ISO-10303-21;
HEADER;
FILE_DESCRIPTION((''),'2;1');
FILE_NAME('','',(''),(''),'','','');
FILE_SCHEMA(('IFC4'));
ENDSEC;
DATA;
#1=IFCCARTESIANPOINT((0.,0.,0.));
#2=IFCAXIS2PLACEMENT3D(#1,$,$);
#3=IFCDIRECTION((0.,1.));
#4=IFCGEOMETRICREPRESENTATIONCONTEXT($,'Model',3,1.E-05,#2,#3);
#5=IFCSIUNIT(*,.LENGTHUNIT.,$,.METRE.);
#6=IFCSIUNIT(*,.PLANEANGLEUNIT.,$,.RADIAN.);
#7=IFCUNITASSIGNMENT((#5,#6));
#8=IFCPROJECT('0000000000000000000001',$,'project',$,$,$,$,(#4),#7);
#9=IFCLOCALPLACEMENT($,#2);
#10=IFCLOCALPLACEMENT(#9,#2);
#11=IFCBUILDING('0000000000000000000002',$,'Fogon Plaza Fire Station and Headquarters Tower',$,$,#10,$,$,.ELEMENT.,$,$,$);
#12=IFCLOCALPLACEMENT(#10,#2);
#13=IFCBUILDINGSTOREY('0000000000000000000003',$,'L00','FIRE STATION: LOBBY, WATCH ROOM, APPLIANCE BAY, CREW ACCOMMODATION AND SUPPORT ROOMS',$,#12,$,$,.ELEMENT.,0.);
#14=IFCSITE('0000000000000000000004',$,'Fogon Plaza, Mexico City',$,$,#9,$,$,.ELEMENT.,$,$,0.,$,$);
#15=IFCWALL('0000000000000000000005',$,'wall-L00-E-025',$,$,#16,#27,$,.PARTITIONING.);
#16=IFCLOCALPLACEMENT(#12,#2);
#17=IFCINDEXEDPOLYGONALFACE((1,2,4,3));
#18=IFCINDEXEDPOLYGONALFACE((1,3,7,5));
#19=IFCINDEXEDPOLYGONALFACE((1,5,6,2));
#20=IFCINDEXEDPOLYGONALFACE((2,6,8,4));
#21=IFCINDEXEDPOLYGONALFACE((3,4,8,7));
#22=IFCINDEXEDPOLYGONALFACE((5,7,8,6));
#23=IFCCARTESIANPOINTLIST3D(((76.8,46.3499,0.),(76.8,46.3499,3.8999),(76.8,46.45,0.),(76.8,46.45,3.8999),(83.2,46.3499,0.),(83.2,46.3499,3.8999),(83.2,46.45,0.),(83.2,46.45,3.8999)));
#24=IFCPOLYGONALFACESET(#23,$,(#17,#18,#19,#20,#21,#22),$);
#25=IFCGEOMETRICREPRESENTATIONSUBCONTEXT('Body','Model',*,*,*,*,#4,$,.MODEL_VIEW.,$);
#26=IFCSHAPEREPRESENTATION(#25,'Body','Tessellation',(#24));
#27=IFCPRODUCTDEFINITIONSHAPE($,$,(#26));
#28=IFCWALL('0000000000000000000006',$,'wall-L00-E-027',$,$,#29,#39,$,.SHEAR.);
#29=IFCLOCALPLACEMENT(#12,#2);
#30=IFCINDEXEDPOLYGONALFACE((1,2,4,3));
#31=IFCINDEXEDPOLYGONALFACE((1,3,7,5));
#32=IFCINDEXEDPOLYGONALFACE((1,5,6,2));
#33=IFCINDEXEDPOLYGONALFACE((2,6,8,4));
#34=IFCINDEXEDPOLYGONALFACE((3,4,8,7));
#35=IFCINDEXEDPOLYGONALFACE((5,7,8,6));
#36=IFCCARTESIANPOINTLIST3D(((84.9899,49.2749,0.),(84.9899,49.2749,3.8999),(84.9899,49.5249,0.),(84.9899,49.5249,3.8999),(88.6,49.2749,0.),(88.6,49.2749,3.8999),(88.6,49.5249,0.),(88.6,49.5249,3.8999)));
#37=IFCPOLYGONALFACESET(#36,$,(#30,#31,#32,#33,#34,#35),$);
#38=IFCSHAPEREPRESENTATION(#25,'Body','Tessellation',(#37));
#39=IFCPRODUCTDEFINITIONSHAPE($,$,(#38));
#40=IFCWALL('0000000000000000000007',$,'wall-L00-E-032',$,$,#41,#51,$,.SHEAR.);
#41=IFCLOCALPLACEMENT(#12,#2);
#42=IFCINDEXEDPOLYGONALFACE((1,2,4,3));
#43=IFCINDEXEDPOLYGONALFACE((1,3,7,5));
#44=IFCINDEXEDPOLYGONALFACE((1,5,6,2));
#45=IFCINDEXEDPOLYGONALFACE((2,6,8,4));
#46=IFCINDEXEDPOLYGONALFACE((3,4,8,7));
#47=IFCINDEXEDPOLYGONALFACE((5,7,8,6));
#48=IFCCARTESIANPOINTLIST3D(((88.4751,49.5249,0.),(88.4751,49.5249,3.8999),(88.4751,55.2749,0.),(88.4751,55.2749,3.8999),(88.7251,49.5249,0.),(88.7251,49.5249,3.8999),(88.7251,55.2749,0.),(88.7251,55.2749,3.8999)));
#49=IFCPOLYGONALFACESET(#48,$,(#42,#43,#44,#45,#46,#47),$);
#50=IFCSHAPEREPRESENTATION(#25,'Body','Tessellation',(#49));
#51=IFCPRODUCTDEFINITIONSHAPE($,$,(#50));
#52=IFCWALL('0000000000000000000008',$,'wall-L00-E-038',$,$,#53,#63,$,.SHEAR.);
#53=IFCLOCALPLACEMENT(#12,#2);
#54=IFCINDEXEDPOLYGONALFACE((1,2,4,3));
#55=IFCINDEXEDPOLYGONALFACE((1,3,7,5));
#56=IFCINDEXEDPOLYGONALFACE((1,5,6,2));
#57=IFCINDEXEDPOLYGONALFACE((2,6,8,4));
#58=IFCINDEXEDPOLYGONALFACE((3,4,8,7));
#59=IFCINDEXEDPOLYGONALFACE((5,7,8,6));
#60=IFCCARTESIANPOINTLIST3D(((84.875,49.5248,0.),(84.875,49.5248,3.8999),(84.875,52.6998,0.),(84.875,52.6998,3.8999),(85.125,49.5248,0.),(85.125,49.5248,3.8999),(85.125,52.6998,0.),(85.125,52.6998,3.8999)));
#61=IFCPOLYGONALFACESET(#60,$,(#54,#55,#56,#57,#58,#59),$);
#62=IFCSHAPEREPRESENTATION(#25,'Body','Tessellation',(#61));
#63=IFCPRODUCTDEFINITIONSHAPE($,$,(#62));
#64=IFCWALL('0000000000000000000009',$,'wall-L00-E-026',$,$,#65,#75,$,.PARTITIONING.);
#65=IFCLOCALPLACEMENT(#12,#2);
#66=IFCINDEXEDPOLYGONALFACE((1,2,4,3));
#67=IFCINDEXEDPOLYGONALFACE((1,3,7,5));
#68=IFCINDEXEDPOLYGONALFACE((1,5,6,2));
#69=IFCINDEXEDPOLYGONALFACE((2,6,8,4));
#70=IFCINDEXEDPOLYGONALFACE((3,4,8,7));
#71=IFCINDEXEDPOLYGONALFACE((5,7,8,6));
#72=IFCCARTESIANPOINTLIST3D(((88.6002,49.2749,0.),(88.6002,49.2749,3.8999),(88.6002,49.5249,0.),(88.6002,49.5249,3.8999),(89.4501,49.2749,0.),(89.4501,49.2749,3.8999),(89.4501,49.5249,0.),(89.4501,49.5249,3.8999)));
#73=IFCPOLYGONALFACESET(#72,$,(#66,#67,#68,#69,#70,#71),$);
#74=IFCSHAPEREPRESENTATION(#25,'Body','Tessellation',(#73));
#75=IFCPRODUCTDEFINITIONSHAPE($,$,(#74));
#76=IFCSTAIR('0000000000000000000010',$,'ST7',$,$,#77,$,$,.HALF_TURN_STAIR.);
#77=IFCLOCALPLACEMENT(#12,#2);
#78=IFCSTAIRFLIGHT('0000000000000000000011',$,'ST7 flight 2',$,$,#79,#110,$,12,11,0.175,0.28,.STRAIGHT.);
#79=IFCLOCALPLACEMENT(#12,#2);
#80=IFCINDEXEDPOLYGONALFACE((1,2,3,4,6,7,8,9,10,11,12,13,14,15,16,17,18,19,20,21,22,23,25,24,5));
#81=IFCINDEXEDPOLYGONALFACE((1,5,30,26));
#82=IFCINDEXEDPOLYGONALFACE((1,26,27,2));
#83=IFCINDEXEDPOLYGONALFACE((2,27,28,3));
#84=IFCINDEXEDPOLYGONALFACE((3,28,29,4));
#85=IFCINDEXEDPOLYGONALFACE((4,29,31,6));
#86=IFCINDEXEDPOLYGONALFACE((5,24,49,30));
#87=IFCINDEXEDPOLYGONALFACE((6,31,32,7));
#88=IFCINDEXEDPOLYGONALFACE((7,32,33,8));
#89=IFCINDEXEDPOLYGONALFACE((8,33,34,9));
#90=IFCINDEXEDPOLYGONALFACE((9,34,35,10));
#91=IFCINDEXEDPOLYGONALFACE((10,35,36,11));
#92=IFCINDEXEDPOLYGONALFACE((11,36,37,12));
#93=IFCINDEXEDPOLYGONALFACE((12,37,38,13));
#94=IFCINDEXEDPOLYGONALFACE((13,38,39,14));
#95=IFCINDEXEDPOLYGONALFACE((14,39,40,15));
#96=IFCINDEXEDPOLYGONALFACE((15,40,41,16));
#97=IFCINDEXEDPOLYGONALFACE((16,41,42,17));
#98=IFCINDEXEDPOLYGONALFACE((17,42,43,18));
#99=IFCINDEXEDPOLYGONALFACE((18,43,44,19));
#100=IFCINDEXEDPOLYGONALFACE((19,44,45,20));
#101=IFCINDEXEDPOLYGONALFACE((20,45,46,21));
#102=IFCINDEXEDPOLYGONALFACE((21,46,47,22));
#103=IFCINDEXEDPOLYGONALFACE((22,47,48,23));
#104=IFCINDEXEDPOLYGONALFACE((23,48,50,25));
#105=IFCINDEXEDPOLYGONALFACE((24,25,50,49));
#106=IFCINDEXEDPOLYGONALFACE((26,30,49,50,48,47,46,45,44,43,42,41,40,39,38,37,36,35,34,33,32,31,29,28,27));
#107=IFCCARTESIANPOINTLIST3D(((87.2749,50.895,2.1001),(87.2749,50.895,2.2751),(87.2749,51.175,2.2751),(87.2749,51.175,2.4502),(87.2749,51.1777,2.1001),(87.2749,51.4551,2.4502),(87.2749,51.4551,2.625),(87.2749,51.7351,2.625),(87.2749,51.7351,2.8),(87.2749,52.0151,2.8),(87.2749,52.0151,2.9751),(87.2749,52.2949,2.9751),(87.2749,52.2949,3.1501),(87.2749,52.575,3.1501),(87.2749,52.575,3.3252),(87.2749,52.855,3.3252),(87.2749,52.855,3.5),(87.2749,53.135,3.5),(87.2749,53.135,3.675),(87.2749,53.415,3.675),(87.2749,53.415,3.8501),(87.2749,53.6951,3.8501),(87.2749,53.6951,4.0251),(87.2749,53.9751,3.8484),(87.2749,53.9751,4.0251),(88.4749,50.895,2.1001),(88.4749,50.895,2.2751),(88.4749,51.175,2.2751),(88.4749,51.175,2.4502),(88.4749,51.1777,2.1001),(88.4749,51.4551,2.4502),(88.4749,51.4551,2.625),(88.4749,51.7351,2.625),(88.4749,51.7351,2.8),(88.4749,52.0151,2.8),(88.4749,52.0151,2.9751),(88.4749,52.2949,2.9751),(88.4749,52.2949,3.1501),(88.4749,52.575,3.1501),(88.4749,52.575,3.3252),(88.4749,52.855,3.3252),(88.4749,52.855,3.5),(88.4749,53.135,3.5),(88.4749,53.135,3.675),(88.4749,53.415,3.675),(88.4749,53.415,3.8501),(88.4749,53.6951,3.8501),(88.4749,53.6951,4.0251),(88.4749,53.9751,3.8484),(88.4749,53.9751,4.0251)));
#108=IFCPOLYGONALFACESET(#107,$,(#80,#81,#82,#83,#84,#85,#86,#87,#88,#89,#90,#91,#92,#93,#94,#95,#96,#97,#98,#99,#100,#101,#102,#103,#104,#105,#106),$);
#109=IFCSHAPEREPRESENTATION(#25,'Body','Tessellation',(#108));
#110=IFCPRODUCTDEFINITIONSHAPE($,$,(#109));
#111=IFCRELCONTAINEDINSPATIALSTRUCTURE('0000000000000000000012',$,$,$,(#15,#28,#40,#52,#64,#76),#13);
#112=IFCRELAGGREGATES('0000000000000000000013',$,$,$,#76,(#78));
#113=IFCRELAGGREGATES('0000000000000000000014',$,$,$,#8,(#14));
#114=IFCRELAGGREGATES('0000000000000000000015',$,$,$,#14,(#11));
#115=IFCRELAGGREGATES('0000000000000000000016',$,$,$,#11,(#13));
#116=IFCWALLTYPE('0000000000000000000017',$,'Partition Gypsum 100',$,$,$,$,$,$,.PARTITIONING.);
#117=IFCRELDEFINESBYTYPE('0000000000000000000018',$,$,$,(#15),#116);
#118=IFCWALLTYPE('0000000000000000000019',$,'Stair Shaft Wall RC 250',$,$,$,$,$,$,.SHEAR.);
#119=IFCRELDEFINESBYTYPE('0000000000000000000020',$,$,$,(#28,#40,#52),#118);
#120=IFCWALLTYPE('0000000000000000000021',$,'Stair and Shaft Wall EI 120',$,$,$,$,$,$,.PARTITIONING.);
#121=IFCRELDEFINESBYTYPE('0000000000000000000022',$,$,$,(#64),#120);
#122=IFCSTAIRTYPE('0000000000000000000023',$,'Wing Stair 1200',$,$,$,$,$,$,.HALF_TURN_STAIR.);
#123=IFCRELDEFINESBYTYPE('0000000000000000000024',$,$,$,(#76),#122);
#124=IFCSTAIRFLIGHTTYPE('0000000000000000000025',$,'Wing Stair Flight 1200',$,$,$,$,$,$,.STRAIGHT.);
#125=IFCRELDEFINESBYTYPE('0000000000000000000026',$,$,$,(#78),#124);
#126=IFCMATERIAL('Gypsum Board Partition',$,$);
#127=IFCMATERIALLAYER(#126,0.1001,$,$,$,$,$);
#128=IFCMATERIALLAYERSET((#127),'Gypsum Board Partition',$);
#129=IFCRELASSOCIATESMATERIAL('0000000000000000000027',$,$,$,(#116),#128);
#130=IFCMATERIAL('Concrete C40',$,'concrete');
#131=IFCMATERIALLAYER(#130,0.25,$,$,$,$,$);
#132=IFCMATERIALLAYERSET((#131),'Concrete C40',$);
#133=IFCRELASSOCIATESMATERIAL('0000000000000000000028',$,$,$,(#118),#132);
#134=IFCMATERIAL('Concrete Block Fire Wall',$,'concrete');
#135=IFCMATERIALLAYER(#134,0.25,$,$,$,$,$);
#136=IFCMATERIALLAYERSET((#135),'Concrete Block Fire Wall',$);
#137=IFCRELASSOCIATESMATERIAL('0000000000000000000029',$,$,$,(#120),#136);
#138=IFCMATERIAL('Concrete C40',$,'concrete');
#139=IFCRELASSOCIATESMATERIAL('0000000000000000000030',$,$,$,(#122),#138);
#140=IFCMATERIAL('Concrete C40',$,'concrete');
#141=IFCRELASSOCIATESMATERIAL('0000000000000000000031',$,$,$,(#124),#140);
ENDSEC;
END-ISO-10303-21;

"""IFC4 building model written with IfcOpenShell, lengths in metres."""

from ifc_helpers import new_model, si_unit, direction, frame, frame_2d, origin, place, context, subcontext, project, spatial, polyline, rectangle, outline, extrude, material, layer, layer_set, type_object, element, aggregate, save


model = new_model("IFC4")

# Units and contexts
model_context = context("Model", 3, precision=1e-05, world=origin(), true_north=direction((0.0, 1.0)))
body_context = subcontext(model_context, "Body", "Model", "MODEL_VIEW")
ifc_project = project(units=[si_unit("LENGTHUNIT", "METRE"), si_unit("PLANEANGLEUNIT", "RADIAN")], contexts=[model_context])

# Site, building, storey
site_placement = place(None, origin())
site = spatial("IfcSite", under=ifc_project, at=site_placement, Name="Fogon Plaza, Mexico City", CompositionType="ELEMENT", RefElevation=0.0)
building_placement = place(site_placement, origin())
building = spatial("IfcBuilding", under=site, at=building_placement, Name="Fogon Plaza Fire Station and Headquarters Tower", CompositionType="ELEMENT")
storey_placement = place(building_placement, origin())
storey = spatial("IfcBuildingStorey", under=building, at=storey_placement, Name="L00", Description="FIRE STATION: LOBBY, WATCH ROOM, APPLIANCE BAY, CREW ACCOMMODATION AND SUPPORT ROOMS", CompositionType="ELEMENT", Elevation=0.0)

# Walls
ifc_material_1 = material(Name="Gypsum Board Partition")
ifc_layer_1 = layer(ifc_material_1, 0.1001)
ifc_layer_set_1 = layer_set([ifc_layer_1], Name="Gypsum Board Partition")
wall_type_1 = type_object("IfcWallType", Name="Partition Gypsum 100", PredefinedType="PARTITIONING", material=ifc_layer_set_1)
wall_1_placement = place(storey_placement, frame((83.2, 46.3999, 0.0), z_axis=(0.0, 0.0, 1.0), x_axis=(-1.0, 0.0, 0.0)))
element("IfcWall", 1, at=wall_1_placement, inside=storey, type_object=wall_type_1, Name="wall-L00-E-025", PredefinedType="PARTITIONING", context=body_context, shape_type="SweptSolid", body=[
    extrude(rectangle(XDim=6.3999, YDim=0.1001, at=frame_2d((3.2, 0.0))), origin(), (0.0, 0.0, 1.0), 3.8999),
])
ifc_material_2 = material(Name="Concrete C40", Category="concrete")
ifc_layer_2 = layer(ifc_material_2, 0.25)
ifc_layer_set_2 = layer_set([ifc_layer_2], Name="Concrete C40")
wall_type_2 = type_object("IfcWallType", Name="Stair Shaft Wall RC 250", PredefinedType="SHEAR", material=ifc_layer_set_2)
wall_2_placement = place(storey_placement, frame((88.6001, 49.3999, 0.0), z_axis=(0.0, 0.0, 1.0), x_axis=(-1.0, 0.0, 0.0)))
element("IfcWall", 2, at=wall_2_placement, inside=storey, type_object=wall_type_2, Name="wall-L00-E-027", PredefinedType="SHEAR", context=body_context, shape_type="SweptSolid", body=[
    extrude(rectangle(XDim=3.6101, YDim=0.25, at=frame_2d((1.8052, 0.0))), origin(), (0.0, 0.0, 1.0), 3.8999),
])
wall_3_placement = place(storey_placement, frame((88.6001, 49.5249, 0.0), z_axis=(0.0, 0.0, 1.0), x_axis=(0.0, 1.0, 0.0)))
element("IfcWall", 3, at=wall_3_placement, inside=storey, type_object=wall_type_2, Name="wall-L00-E-032", PredefinedType="SHEAR", context=body_context, shape_type="SweptSolid", body=[
    extrude(rectangle(XDim=5.75, YDim=0.25, at=frame_2d((2.875, 0.0))), origin(), (0.0, 0.0, 1.0), 3.8999),
])
wall_4_placement = place(storey_placement, frame((85.0, 49.5249, 0.0), z_axis=(0.0, 0.0, 1.0), x_axis=(0.0, 1.0, 0.0)))
element("IfcWall", 4, at=wall_4_placement, inside=storey, type_object=wall_type_2, Name="wall-L00-E-038", PredefinedType="SHEAR", context=body_context, shape_type="SweptSolid", body=[
    extrude(rectangle(XDim=3.175, YDim=0.25, at=frame_2d((1.5874, 0.0))), origin(), (0.0, 0.0, 1.0), 3.8999),
])
ifc_material_3 = material(Name="Concrete Block Fire Wall", Category="concrete")
ifc_layer_3 = layer(ifc_material_3, 0.25)
ifc_layer_set_3 = layer_set([ifc_layer_3], Name="Concrete Block Fire Wall")
wall_type_3 = type_object("IfcWallType", Name="Stair and Shaft Wall EI 120", PredefinedType="PARTITIONING", material=ifc_layer_set_3)
wall_5_placement = place(storey_placement, frame((89.45, 49.3999, 0.0), z_axis=(0.0, 0.0, 1.0), x_axis=(-1.0, 0.0, 0.0)))
element("IfcWall", 5, at=wall_5_placement, inside=storey, type_object=wall_type_3, Name="wall-L00-E-026", PredefinedType="PARTITIONING", context=body_context, shape_type="SweptSolid", body=[
    extrude(rectangle(XDim=0.8499, YDim=0.25, at=frame_2d((0.4248, 0.0))), origin(), (0.0, 0.0, 1.0), 3.8999),
])

# Stair, stair flight
ifc_material_4 = material(Name="Concrete C40", Category="concrete")
stair_type = type_object("IfcStairType", Name="Wing Stair 1200", PredefinedType="HALF_TURN_STAIR", material=ifc_material_4)
stair_placement = place(storey_placement, origin())
stair = element("IfcStair", 6, at=stair_placement, inside=storey, type_object=stair_type, Name="ST7", PredefinedType="HALF_TURN_STAIR")
ifc_material_5 = material(Name="Concrete C40", Category="concrete")
stair_flight_type = type_object("IfcStairFlightType", Name="Wing Stair Flight 1200", PredefinedType="STRAIGHT", material=ifc_material_5)
stair_flight_placement = place(storey_placement, frame((87.875, 50.895, 2.1001), z_axis=(0.0, 0.0, 1.0), x_axis=(0.0, 1.0, 0.0)))
stair_flight = element("IfcStairFlight", 7, at=stair_flight_placement, type_object=stair_flight_type, Name="ST7 flight 2", NumberOfRisers=12, NumberOfTreads=11, PredefinedType="STRAIGHT", RiserHeight=0.175, TreadLength=0.28, context=body_context, shape_type="SweptSolid", body=[
    extrude(outline(polyline([(0.0, 0.0), (0.0, 0.175), (0.28, 0.175), (0.28, 0.3501), (0.5601, 0.3501), (0.5601, 0.5249), (0.8401, 0.5249), (0.8401, 0.7), (1.1201, 0.7), (1.1201, 0.875), (1.3999, 0.875), (1.3999, 1.05), (1.6799, 1.05), (1.6799, 1.2251), (1.96, 1.2251), (1.96, 1.3999), (2.24, 1.3999), (2.24, 1.575), (2.52, 1.575), (2.52, 1.75), (2.8, 1.75), (2.8, 1.925), (3.0801, 1.925), (3.0801, 2.1001), (3.0801, 1.7483), (0.2827, 0.0), (0.0, 0.0)])), frame((0.0, 0.6001, 0.0), z_axis=(0.0, -1.0, 0.0), x_axis=(1.0, 0.0, 0.0)), (0.0, 0.0, 1.0), 1.2),
])
aggregate(stair, [stair_flight])

save(model, "model.ifc")
